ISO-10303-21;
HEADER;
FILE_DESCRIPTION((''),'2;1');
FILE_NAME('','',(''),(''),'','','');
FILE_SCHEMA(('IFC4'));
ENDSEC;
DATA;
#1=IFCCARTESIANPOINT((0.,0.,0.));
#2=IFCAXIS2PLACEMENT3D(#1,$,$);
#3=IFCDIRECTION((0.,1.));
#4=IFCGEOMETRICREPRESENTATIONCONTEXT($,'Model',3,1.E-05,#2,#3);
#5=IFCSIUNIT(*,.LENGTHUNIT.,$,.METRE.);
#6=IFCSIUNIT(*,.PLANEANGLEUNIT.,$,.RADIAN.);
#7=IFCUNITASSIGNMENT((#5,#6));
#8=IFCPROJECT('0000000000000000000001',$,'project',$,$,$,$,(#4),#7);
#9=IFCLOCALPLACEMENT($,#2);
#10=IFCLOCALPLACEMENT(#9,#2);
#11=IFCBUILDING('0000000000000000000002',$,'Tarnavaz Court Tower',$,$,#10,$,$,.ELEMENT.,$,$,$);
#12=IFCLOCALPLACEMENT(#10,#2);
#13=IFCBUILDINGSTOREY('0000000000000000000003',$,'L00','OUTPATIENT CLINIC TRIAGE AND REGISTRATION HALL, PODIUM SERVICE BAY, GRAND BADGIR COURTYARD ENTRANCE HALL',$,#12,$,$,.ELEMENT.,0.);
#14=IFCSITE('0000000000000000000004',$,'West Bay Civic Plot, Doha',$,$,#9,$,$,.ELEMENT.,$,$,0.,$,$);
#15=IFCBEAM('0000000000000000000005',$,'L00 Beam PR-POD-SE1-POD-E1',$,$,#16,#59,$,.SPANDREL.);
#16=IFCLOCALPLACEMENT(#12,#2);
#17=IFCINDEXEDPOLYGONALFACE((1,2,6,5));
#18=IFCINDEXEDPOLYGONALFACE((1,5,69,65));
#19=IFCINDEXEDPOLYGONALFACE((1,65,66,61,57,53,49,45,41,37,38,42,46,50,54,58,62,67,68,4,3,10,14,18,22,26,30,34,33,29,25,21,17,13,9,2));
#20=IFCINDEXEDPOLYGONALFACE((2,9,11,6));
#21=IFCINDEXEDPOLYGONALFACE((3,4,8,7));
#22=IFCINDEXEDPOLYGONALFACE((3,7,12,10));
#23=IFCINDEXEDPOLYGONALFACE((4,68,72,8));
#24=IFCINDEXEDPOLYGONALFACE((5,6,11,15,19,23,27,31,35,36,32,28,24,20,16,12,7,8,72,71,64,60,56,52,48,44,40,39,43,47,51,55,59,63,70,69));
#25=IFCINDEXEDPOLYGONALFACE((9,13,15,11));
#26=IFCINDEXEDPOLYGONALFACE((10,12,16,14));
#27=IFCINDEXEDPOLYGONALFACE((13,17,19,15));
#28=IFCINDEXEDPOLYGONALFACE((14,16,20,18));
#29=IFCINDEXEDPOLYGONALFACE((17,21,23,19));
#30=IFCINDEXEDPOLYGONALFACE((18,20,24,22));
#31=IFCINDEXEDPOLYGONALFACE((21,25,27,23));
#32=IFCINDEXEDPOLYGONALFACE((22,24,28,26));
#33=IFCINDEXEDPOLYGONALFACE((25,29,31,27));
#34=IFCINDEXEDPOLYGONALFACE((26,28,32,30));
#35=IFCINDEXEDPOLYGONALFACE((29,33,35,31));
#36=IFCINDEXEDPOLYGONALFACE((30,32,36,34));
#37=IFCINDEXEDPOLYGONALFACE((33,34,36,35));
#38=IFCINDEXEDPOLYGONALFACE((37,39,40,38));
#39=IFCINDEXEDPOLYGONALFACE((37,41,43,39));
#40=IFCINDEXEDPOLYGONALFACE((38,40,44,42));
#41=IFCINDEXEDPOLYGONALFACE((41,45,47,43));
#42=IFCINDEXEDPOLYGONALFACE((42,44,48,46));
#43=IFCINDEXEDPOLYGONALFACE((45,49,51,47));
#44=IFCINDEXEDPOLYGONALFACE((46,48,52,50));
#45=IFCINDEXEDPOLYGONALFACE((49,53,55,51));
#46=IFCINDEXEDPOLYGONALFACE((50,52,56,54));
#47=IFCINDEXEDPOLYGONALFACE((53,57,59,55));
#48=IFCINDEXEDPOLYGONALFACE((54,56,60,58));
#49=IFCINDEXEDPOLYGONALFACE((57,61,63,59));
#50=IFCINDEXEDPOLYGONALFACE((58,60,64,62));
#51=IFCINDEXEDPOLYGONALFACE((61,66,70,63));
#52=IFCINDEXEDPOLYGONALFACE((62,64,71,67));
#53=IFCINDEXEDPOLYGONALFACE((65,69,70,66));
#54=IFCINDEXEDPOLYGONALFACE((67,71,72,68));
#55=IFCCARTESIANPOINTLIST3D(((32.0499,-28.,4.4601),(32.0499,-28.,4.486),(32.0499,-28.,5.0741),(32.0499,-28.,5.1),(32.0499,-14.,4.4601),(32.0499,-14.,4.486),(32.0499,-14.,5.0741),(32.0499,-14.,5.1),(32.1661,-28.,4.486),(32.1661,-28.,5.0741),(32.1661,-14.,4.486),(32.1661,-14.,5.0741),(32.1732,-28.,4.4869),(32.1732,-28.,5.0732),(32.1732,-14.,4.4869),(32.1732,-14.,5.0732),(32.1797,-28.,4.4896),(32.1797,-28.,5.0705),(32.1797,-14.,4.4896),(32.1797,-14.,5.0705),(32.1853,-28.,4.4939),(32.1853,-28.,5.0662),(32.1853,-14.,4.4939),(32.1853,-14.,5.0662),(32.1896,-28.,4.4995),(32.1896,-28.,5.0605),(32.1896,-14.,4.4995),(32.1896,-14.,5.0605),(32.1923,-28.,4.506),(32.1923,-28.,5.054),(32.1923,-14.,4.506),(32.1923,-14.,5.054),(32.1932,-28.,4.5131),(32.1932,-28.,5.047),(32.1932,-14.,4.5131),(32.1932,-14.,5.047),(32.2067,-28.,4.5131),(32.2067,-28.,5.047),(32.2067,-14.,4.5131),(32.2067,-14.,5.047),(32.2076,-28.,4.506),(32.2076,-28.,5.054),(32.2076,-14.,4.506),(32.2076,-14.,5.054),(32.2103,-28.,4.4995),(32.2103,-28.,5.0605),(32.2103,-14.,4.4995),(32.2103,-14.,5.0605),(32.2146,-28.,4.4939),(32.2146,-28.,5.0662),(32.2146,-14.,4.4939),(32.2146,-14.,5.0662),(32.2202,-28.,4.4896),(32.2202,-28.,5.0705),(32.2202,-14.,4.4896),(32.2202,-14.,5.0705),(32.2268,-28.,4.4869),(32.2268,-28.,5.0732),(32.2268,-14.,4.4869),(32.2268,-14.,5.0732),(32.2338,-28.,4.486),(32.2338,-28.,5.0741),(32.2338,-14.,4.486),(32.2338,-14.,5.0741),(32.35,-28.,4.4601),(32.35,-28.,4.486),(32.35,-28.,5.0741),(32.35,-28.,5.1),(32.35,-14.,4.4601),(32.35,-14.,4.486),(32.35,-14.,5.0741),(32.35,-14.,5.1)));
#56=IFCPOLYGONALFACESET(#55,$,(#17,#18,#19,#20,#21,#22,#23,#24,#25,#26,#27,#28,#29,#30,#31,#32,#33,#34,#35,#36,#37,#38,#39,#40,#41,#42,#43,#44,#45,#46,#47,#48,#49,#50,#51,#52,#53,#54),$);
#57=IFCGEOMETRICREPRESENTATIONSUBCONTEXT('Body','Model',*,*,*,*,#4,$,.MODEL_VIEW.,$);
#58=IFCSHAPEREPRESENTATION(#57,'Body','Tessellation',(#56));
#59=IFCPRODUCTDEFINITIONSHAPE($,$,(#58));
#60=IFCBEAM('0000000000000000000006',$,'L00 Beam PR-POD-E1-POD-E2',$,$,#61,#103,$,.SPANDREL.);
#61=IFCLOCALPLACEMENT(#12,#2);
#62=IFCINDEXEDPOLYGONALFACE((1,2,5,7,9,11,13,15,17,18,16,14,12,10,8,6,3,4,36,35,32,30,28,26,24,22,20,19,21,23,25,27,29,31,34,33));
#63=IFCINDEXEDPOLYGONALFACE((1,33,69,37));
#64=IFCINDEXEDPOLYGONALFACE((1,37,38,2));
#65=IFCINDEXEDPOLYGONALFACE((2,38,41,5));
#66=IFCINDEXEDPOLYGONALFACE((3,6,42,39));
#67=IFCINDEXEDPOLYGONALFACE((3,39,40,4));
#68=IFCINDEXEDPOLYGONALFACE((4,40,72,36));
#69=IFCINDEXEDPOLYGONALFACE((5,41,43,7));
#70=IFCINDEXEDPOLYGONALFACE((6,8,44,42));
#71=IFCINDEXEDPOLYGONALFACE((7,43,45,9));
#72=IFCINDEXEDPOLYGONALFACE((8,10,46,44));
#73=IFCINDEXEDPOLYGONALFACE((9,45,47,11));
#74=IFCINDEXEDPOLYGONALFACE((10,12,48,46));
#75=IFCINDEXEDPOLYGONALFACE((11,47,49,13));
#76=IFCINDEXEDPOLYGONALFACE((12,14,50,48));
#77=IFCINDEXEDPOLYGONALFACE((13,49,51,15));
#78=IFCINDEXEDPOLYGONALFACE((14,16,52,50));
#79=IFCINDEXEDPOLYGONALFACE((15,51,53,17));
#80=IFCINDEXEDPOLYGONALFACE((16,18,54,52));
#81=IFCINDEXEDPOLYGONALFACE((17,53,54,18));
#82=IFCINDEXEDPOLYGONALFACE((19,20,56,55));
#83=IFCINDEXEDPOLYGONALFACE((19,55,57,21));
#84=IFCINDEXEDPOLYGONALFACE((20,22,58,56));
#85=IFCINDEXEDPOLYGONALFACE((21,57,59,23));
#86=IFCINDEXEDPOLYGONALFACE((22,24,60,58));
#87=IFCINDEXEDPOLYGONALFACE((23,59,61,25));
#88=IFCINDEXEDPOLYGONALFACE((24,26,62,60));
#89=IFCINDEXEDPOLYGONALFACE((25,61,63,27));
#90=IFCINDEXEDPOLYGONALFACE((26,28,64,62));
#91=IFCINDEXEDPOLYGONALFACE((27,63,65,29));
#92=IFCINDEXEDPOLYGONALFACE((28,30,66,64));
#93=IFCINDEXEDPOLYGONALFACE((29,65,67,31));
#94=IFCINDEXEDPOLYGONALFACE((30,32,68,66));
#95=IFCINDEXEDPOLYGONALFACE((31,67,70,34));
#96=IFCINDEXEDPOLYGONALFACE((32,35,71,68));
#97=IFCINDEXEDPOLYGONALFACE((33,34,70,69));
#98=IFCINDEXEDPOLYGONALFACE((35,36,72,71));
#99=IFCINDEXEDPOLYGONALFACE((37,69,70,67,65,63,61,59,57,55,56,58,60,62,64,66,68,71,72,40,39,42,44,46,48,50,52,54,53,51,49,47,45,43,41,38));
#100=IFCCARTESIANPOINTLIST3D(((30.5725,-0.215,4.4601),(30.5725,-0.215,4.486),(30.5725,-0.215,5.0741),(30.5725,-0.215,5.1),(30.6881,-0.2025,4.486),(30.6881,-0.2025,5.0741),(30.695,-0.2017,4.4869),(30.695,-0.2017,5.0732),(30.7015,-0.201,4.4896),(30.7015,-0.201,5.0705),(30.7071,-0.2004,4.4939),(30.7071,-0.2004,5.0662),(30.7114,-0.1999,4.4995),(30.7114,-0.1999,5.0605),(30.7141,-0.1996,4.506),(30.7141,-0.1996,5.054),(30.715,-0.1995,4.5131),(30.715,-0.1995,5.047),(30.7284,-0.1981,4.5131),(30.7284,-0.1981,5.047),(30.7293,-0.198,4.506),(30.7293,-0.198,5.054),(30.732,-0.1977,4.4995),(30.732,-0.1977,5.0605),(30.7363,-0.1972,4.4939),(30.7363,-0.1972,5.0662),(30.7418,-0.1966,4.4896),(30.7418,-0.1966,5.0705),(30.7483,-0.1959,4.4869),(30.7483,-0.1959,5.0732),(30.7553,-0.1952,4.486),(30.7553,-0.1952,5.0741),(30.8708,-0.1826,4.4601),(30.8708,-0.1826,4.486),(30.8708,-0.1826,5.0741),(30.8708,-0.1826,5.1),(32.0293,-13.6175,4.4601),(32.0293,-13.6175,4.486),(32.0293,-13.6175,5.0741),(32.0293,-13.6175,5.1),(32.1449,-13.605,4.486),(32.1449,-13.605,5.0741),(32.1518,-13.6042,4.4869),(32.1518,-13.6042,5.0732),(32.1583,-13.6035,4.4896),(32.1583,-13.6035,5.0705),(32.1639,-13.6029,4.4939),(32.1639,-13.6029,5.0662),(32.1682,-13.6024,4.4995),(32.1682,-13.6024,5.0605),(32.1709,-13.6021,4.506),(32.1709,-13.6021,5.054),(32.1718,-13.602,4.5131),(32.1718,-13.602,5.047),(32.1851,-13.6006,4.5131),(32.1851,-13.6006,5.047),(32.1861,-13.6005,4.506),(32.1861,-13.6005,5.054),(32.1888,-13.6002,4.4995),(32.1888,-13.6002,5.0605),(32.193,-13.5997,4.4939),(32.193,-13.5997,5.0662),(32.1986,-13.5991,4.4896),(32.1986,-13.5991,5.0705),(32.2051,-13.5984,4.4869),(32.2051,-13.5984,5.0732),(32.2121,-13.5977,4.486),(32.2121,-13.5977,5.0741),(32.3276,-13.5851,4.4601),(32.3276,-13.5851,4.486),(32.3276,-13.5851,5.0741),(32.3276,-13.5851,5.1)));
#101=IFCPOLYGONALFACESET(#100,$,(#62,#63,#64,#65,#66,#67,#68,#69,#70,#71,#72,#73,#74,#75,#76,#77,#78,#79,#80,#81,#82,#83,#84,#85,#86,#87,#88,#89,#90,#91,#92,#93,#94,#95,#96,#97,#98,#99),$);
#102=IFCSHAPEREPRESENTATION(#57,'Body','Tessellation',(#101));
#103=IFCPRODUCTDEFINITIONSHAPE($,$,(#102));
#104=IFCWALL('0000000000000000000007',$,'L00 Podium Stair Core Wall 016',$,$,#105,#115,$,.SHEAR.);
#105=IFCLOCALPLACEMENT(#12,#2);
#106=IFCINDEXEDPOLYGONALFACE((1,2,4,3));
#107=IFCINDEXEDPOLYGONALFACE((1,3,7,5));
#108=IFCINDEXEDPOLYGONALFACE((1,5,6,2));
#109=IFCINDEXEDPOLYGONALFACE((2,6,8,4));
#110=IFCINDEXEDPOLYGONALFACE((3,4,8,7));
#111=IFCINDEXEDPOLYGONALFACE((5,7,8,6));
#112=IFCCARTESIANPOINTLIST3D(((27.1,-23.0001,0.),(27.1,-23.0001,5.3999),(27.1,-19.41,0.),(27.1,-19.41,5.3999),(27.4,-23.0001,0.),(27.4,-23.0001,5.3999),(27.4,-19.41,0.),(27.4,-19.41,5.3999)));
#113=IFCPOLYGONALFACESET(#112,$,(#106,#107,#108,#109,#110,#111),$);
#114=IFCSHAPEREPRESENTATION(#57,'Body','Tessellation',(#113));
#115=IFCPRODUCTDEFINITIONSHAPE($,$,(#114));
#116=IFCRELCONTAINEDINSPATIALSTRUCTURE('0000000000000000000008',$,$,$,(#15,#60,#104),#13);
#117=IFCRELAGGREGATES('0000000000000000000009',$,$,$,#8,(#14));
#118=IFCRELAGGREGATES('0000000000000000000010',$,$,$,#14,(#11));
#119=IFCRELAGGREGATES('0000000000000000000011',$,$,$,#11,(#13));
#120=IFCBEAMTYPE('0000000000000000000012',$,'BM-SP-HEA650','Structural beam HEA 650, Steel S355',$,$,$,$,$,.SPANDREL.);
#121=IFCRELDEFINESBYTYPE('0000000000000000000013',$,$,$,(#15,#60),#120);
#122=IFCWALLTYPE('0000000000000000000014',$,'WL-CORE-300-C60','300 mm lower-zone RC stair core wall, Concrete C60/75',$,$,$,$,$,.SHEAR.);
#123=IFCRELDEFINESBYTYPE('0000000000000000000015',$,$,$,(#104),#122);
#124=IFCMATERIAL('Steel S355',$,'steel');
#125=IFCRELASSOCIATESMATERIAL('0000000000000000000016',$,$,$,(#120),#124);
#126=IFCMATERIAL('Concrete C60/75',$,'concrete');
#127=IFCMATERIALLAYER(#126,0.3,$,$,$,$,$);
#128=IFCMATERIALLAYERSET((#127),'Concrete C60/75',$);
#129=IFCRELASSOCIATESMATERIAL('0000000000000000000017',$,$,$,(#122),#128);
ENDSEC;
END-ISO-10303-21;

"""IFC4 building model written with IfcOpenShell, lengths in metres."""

from ifc_helpers import new_model, si_unit, direction, frame, frame_2d, origin, origin_2d, place, context, subcontext, project, spatial, rectangle, i_section, extrude, material, layer, layer_set, material_profile, profile_set, type_object, element, save


model = new_model("IFC4")

# Units and contexts
model_context = context("Model", 3, precision=1e-05, world=origin(), true_north=direction((0.0, 1.0)))
body_context = subcontext(model_context, "Body", "Model", "MODEL_VIEW")
ifc_project = project(units=[si_unit("LENGTHUNIT", "METRE"), si_unit("PLANEANGLEUNIT", "RADIAN")], contexts=[model_context])

# Site, building, storey
site_placement = place(None, origin())
site = spatial("IfcSite", under=ifc_project, at=site_placement, Name="West Bay Civic Plot, Doha", CompositionType="ELEMENT", RefElevation=0.0)
building_placement = place(site_placement, origin())
building = spatial("IfcBuilding", under=site, at=building_placement, Name="Tarnavaz Court Tower", CompositionType="ELEMENT")
storey_placement = place(building_placement, origin())
storey = spatial("IfcBuildingStorey", under=building, at=storey_placement, Name="L00", Description="OUTPATIENT CLINIC TRIAGE AND REGISTRATION HALL, PODIUM SERVICE BAY, GRAND BADGIR COURTYARD ENTRANCE HALL", CompositionType="ELEMENT", Elevation=0.0)

# Shared definitions
ifc_material_1 = material(Name="Concrete C60/75", Category="concrete")

# Beams
ifc_material_2 = material(Name="Steel S355", Category="steel")
ifc_material_profile_1 = material_profile(ifc_material_2, i_section(OverallWidth=0.3, OverallDepth=0.6399, WebThickness=0.0134, FlangeThickness=0.0259, FilletRadius=0.0271, at=origin_2d()), Name="HEA 650")
ifc_profile_set_1 = profile_set([ifc_material_profile_1], Name="Steel S355")
beam_type_1 = type_object("IfcBeamType", Name="BM-SP-HEA650", Description="Structural beam HEA 650, Steel S355", PredefinedType="SPANDREL", material=ifc_profile_set_1)
beam_1_placement = place(storey_placement, frame((32.2, -28.0, 4.78), z_axis=(0.0, 1.0, 0.0), x_axis=(-1.0, 0.0, 0.0)))
element("IfcBeam", 1, at=beam_1_placement, inside=storey, type_object=beam_type_1, Name="L00 Beam PR-POD-SE1-POD-E1", PredefinedType="SPANDREL", context=body_context, shape_type="SweptSolid", body=[
    extrude(i_section(OverallWidth=0.3, OverallDepth=0.6399, WebThickness=0.0134, FlangeThickness=0.0259, FilletRadius=0.0271, at=origin_2d()), origin(), (0.0, 0.0, 1.0), 14.0),
])
beam_2_placement = place(storey_placement, frame((32.1785, -13.6013, 4.78), z_axis=(-0.108058, 0.994145, 0.0), x_axis=(-0.994145, -0.108058, 0.0)))
element("IfcBeam", 2, at=beam_2_placement, inside=storey, type_object=beam_type_1, Name="L00 Beam PR-POD-E1-POD-E2", PredefinedType="SPANDREL", context=body_context, shape_type="SweptSolid", body=[
    extrude(i_section(OverallWidth=0.3, OverallDepth=0.6399, WebThickness=0.0134, FlangeThickness=0.0259, FilletRadius=0.0271, at=origin_2d()), origin(), (0.0, 0.0, 1.0), 13.4814),
])

# Wall
ifc_layer_1 = layer(ifc_material_1, 0.3)
ifc_layer_set_1 = layer_set([ifc_layer_1], Name="Concrete C60/75")
wall_type_1 = type_object("IfcWallType", Name="WL-CORE-300-C60", Description="300 mm lower-zone RC stair core wall, Concrete C60/75", PredefinedType="SHEAR", material=ifc_layer_set_1)
wall_1_placement = place(storey_placement, frame((27.25, -23.0, 0.0), z_axis=(0.0, 0.0, 1.0), x_axis=(0.0, 1.0, 0.0)))
element("IfcWall", 3, at=wall_1_placement, inside=storey, type_object=wall_type_1, Name="L00 Podium Stair Core Wall 016", PredefinedType="SHEAR", context=body_context, shape_type="SweptSolid", body=[
    extrude(rectangle(XDim=3.5901, YDim=0.3, at=frame_2d((1.7949, 0.0))), origin(), (0.0, 0.0, 1.0), 5.3999),
])

save(model, "model.ifc")
